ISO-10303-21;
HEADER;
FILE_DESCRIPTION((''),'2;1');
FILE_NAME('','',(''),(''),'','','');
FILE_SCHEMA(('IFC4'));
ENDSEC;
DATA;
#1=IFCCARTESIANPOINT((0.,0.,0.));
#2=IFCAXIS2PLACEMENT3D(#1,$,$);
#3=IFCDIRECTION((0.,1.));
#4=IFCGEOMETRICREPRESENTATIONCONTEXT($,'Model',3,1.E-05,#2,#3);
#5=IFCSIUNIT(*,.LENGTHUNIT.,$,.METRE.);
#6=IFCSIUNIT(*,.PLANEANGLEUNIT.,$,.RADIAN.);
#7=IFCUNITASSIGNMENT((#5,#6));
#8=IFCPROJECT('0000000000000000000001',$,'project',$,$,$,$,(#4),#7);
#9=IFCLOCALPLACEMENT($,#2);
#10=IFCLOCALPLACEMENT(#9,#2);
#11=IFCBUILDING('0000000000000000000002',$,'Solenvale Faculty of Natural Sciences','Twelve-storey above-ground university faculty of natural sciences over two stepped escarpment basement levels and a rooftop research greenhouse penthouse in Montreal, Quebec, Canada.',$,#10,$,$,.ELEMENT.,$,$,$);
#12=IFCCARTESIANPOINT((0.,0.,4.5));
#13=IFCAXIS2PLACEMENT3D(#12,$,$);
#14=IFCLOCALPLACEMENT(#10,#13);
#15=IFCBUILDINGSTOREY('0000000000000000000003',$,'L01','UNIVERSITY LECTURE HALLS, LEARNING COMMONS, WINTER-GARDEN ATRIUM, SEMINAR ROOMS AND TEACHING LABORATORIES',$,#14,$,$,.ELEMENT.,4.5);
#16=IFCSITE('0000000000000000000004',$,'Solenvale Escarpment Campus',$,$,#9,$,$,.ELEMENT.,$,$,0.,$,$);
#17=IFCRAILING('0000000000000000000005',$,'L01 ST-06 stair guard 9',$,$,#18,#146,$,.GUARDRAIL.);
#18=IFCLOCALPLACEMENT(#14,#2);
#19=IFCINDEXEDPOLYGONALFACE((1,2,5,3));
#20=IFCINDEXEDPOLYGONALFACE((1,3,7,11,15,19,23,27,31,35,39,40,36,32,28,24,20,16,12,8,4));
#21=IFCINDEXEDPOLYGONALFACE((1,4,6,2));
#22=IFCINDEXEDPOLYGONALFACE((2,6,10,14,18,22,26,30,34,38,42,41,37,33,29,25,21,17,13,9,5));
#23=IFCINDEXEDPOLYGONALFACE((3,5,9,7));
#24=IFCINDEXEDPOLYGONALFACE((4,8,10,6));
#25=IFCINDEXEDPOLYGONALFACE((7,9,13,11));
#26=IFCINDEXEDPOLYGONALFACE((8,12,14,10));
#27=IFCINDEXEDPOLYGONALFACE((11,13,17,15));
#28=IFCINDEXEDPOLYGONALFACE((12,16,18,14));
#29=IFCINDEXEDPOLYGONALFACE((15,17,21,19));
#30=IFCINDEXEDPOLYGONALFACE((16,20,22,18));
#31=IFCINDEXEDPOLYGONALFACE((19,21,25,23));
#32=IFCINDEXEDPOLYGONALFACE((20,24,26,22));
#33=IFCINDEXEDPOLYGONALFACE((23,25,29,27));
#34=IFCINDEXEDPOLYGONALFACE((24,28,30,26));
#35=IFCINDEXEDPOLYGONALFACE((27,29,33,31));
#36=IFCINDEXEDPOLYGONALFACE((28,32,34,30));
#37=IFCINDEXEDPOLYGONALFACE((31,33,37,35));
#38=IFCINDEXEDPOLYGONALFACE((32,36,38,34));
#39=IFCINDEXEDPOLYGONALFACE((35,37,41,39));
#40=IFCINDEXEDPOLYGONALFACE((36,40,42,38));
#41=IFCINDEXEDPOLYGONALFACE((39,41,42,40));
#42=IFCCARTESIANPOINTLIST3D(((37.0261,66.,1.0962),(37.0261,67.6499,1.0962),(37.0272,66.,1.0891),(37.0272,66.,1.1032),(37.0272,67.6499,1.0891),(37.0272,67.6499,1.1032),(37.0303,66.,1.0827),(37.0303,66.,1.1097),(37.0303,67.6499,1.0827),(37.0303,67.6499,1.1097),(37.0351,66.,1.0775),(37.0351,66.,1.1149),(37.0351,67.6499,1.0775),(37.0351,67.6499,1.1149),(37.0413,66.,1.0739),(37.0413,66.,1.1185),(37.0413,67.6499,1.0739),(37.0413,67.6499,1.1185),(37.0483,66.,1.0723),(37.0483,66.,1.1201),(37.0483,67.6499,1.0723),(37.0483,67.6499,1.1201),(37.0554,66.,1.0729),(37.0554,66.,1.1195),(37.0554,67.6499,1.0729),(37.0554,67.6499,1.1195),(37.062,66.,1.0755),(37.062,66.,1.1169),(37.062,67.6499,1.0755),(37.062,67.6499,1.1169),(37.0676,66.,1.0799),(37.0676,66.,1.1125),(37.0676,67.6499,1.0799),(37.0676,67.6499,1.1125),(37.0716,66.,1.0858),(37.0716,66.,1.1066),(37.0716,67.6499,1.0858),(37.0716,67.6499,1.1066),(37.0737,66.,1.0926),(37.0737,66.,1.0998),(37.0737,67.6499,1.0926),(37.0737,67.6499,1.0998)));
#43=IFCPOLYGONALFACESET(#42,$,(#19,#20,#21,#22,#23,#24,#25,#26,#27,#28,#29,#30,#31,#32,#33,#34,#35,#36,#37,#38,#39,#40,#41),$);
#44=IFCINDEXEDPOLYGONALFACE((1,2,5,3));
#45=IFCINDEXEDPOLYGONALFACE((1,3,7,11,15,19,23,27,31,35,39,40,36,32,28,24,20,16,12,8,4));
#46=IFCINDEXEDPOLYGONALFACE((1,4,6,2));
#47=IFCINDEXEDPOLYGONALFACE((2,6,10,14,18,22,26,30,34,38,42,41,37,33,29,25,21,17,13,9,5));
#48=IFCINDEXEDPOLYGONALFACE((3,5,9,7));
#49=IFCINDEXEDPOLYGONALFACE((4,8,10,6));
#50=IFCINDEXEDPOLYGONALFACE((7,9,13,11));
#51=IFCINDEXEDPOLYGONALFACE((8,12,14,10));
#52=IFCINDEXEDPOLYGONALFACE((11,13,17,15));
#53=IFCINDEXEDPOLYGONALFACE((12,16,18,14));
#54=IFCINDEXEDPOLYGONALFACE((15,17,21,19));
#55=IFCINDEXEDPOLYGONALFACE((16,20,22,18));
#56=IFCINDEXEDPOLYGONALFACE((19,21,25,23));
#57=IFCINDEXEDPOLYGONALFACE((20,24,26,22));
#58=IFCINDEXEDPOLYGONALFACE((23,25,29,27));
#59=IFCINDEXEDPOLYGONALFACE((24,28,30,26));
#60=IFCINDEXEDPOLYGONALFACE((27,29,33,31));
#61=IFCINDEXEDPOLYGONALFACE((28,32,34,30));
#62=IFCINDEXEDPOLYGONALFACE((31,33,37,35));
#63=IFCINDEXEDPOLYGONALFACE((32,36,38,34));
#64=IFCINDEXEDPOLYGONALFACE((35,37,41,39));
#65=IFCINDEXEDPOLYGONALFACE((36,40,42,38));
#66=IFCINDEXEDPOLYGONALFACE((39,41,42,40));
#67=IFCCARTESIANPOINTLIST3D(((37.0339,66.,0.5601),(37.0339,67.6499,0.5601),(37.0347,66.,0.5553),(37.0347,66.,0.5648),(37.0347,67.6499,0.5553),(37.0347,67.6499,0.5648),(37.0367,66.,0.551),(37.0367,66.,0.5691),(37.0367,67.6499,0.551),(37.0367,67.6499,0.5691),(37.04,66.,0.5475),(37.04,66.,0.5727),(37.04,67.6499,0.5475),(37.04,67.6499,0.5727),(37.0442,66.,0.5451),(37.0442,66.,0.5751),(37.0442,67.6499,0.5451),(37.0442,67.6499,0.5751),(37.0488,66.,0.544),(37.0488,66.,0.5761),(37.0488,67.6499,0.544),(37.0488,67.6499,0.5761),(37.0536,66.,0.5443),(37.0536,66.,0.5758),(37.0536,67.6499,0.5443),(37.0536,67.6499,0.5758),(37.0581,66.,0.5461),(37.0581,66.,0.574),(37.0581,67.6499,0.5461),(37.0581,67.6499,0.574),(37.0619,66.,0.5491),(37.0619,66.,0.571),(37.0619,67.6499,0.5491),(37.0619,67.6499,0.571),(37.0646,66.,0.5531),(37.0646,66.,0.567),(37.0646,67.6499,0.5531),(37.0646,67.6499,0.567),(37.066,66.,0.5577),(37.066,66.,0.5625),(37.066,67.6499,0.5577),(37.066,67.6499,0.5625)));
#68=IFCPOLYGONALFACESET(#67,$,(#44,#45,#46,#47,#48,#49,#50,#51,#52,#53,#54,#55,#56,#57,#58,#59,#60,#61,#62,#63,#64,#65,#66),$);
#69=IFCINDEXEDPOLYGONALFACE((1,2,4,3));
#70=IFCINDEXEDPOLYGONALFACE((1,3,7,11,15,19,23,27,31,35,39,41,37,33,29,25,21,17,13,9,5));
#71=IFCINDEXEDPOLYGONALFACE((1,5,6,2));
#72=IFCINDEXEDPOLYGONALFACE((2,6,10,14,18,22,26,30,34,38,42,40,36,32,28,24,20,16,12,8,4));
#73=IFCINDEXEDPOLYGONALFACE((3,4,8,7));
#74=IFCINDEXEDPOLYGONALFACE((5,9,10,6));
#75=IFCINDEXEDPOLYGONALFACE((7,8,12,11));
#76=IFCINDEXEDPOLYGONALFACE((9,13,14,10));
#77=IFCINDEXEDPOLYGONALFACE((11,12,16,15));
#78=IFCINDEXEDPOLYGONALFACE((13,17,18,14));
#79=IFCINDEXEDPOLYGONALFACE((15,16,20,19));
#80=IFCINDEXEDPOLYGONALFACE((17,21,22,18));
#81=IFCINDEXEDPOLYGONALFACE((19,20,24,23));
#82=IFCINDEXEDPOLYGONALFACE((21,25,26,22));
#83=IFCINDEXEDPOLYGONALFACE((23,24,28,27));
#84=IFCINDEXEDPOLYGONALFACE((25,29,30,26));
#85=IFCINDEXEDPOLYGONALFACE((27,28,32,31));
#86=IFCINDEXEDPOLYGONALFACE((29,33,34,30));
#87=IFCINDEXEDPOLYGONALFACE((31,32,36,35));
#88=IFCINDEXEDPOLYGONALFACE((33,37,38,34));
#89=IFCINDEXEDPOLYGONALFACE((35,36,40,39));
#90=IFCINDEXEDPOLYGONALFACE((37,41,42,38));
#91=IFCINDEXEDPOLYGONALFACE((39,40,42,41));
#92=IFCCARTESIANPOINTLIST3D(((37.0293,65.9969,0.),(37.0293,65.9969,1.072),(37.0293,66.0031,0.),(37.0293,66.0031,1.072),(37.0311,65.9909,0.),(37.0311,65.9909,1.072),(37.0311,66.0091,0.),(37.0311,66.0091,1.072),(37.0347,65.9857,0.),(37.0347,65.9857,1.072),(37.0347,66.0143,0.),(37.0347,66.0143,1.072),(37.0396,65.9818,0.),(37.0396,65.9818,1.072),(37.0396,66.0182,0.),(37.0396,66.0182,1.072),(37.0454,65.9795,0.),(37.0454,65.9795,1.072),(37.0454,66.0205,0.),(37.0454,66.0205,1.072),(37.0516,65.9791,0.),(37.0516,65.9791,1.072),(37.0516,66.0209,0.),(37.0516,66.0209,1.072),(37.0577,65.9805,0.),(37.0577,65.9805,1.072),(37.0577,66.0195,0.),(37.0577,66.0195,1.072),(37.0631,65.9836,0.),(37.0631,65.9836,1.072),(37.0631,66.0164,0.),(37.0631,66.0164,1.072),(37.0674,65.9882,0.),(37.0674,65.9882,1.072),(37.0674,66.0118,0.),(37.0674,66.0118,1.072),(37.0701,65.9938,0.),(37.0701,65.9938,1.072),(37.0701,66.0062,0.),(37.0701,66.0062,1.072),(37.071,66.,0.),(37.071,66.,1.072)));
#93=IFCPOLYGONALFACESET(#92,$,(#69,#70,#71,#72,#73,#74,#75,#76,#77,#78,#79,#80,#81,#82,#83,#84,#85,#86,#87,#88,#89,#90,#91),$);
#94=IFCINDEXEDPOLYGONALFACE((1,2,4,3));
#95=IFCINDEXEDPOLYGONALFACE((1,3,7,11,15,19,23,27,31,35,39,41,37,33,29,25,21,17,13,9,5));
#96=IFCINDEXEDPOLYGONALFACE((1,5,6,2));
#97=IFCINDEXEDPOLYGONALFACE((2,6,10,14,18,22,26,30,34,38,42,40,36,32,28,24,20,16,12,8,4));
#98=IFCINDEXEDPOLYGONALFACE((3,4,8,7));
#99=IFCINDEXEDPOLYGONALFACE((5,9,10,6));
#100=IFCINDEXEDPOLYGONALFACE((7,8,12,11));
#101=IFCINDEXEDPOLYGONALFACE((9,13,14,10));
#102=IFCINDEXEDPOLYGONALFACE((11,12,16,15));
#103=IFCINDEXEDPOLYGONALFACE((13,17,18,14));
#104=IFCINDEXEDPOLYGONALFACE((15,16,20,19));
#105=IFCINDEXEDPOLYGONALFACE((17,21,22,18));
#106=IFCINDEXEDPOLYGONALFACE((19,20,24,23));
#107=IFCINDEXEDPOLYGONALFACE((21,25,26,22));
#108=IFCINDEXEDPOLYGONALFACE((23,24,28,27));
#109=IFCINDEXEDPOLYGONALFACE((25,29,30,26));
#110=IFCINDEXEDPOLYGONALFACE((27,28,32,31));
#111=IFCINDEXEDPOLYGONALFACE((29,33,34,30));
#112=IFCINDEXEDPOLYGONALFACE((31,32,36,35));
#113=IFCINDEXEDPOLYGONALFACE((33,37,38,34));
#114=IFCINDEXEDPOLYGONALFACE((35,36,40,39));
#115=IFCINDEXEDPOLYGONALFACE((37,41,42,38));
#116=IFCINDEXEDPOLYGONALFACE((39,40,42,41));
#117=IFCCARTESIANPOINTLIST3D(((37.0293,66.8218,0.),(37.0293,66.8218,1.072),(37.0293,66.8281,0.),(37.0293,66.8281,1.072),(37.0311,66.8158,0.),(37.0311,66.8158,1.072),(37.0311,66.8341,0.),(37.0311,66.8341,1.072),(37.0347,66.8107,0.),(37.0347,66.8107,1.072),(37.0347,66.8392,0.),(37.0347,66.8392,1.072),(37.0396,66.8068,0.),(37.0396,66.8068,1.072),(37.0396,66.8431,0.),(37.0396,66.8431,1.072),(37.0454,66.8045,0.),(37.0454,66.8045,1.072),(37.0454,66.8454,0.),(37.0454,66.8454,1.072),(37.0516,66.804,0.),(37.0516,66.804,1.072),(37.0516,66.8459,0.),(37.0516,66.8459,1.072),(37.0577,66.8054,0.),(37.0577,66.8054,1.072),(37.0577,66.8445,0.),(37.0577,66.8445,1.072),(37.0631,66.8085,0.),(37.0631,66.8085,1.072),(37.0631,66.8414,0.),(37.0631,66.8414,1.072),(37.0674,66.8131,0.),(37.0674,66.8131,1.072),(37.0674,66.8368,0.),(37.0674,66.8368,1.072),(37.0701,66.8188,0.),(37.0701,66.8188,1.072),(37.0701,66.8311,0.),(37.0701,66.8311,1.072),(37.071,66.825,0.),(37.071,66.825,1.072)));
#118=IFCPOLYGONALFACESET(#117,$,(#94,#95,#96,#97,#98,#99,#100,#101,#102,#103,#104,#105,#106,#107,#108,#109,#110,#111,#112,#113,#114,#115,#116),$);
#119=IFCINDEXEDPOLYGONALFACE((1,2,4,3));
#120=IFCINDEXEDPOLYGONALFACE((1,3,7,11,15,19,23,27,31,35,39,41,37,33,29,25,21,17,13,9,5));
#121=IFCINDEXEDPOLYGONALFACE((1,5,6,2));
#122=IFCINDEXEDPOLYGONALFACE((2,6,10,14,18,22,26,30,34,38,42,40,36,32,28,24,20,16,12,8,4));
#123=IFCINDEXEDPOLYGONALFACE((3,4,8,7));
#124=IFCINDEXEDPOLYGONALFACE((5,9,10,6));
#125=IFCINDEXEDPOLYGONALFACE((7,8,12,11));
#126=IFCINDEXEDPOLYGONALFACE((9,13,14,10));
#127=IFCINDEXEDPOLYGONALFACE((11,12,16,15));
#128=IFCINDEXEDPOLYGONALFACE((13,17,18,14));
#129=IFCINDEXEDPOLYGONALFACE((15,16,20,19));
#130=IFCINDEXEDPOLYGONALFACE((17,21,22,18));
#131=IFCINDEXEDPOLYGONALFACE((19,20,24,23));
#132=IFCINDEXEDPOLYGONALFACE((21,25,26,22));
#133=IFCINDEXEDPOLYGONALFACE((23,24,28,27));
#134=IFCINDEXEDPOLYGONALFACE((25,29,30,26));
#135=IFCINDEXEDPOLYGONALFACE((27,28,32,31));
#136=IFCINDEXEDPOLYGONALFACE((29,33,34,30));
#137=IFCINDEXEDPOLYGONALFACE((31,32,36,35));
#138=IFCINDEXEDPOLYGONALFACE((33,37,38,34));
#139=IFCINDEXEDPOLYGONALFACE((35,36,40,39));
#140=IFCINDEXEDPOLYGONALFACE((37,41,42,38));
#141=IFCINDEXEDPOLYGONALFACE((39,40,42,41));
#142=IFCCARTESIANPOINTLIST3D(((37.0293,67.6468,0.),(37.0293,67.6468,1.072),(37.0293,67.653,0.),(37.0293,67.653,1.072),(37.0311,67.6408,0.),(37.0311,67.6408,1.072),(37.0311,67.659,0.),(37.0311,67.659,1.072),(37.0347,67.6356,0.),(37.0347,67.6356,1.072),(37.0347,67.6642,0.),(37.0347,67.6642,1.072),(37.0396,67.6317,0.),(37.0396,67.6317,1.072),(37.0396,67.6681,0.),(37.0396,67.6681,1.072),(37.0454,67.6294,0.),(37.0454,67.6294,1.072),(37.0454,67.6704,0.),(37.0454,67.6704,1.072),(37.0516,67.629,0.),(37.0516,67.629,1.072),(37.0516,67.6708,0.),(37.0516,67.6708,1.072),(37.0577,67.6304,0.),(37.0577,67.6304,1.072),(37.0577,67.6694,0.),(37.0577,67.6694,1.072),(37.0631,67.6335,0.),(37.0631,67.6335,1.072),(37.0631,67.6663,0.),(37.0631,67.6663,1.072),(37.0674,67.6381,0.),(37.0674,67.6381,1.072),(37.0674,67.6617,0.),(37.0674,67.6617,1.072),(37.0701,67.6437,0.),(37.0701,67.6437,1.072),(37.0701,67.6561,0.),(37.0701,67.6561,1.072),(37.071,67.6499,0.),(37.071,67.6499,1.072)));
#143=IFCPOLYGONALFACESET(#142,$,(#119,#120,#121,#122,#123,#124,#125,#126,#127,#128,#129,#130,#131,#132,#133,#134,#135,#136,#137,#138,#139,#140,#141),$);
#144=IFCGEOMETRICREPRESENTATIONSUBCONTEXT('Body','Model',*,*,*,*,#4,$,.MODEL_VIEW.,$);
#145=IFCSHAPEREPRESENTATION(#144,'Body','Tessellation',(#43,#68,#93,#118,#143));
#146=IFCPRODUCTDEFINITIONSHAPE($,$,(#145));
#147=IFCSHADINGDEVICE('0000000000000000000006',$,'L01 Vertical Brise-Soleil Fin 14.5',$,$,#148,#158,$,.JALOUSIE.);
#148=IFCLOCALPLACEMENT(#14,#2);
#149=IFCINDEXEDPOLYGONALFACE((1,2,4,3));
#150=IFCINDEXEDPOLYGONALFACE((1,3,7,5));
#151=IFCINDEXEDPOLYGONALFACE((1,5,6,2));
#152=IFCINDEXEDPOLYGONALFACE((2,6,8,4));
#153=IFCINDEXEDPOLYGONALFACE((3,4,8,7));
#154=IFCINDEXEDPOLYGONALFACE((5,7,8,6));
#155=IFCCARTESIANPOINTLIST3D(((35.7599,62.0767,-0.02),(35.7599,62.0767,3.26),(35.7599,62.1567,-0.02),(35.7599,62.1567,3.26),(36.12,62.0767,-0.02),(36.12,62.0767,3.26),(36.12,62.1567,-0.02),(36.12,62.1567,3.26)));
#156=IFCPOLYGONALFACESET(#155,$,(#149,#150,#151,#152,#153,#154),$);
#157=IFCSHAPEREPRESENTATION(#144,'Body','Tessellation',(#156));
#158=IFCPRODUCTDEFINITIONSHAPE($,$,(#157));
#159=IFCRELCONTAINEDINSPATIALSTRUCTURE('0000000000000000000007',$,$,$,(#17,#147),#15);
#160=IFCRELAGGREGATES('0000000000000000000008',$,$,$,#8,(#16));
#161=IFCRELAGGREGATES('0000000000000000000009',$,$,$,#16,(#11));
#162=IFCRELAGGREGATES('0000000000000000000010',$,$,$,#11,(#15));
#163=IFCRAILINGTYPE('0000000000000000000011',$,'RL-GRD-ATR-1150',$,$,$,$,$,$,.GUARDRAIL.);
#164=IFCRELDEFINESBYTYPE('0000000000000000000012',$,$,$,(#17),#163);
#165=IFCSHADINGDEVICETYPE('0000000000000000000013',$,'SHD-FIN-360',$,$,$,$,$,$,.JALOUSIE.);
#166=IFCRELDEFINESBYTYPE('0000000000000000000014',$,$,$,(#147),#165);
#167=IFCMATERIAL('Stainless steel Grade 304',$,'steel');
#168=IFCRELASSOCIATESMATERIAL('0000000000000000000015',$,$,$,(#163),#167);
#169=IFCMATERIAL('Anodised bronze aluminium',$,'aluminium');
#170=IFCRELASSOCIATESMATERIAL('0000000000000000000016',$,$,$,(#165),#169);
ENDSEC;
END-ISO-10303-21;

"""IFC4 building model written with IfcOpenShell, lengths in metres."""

from ifc_helpers import new_model, si_unit, direction, frame, origin, origin_2d, place, context, subcontext, project, spatial, rectangle, circle, extrude, material, material_profile, profile_set, type_object, element, save


model = new_model("IFC4")

# Units and contexts
model_context = context("Model", 3, precision=1e-05, world=origin(), true_north=direction((0.0, 1.0)))
body_context = subcontext(model_context, "Body", "Model", "MODEL_VIEW")
ifc_project = project(units=[si_unit("LENGTHUNIT", "METRE"), si_unit("PLANEANGLEUNIT", "RADIAN")], contexts=[model_context])

# Site, building, storey
site_placement = place(None, origin())
site = spatial("IfcSite", under=ifc_project, at=site_placement, Name="Solenvale Escarpment Campus", CompositionType="ELEMENT", RefElevation=0.0)
building_placement = place(site_placement, origin())
building = spatial("IfcBuilding", under=site, at=building_placement, Name="Solenvale Faculty of Natural Sciences", Description="Twelve-storey above-ground university faculty of natural sciences over two stepped escarpment basement levels and a rooftop research greenhouse penthouse in Montreal, Quebec, Canada.", CompositionType="ELEMENT")
storey_placement = place(building_placement, frame((0.0, 0.0, 4.5)))
storey = spatial("IfcBuildingStorey", under=building, at=storey_placement, Name="L01", Description="UNIVERSITY LECTURE HALLS, LEARNING COMMONS, WINTER-GARDEN ATRIUM, SEMINAR ROOMS AND TEACHING LABORATORIES", CompositionType="ELEMENT", Elevation=4.5)

# Shared definitions
ifc_material_1 = material(Name="Anodised bronze aluminium", Category="aluminium")

# Railing
ifc_material_2 = material(Name="Stainless steel Grade 304", Category="steel")
railing_type = type_object("IfcRailingType", Name="RL-GRD-ATR-1150", PredefinedType="GUARDRAIL", material=ifc_material_2)
for number, where, name in (
    (1, (37.05, 66.0, 0.0), "L01 ST-06 stair guard 9"),
):
    element("IfcRailing", number, at=place(storey_placement, frame(where)), inside=storey, type_object=railing_type, Name=name, PredefinedType="GUARDRAIL", context=body_context, shape_type="SweptSolid", body=[
        extrude(circle(Radius=0.0239, at=origin_2d()), frame((0.0, 0.0, 1.0962), z_axis=(0.0, 1.0, 0.0), x_axis=(-1.0, 0.0, 0.0)), (0.0, 0.0, 1.0), 1.6499),
        extrude(circle(Radius=0.0161, at=origin_2d()), frame((0.0, 0.0, 0.5601), z_axis=(0.0, 1.0, 0.0), x_axis=(-1.0, 0.0, 0.0)), (0.0, 0.0, 1.0), 1.6499),
        extrude(circle(Radius=0.021, at=origin_2d()), origin(), (0.0, 0.0, 1.0), 1.072),
        extrude(circle(Radius=0.021, at=origin_2d()), frame((0.0, 0.825, 0.0)), (0.0, 0.0, 1.0), 1.072),
        extrude(circle(Radius=0.021, at=origin_2d()), frame((0.0, 1.6499, 0.0)), (0.0, 0.0, 1.0), 1.072),
    ])

# Shading device
ifc_material_profile_1 = material_profile(ifc_material_1, rectangle(XDim=0.0801, YDim=0.3601, at=origin_2d()), Name="ALU-FIN-80x360")
ifc_profile_set_1 = profile_set([ifc_material_profile_1], Name="Anodised bronze aluminium")
shading_device_type = type_object("IfcShadingDeviceType", Name="SHD-FIN-360", PredefinedType="JALOUSIE", material=ifc_profile_set_1)
shading_device_placement = place(storey_placement, frame((35.9399, 62.1167, -0.02), z_axis=(0.0, 0.0, 1.0), x_axis=(0.0, 1.0, 0.0)))
element("IfcShadingDevice", 2, at=shading_device_placement, inside=storey, type_object=shading_device_type, Name="L01 Vertical Brise-Soleil Fin 14.5", PredefinedType="JALOUSIE", context=body_context, shape_type="SweptSolid", body=[
    extrude(rectangle(XDim=0.0801, YDim=0.3601, at=origin_2d()), origin(), (0.0, 0.0, 1.0), 3.28),
])

save(model, "model.ifc")
